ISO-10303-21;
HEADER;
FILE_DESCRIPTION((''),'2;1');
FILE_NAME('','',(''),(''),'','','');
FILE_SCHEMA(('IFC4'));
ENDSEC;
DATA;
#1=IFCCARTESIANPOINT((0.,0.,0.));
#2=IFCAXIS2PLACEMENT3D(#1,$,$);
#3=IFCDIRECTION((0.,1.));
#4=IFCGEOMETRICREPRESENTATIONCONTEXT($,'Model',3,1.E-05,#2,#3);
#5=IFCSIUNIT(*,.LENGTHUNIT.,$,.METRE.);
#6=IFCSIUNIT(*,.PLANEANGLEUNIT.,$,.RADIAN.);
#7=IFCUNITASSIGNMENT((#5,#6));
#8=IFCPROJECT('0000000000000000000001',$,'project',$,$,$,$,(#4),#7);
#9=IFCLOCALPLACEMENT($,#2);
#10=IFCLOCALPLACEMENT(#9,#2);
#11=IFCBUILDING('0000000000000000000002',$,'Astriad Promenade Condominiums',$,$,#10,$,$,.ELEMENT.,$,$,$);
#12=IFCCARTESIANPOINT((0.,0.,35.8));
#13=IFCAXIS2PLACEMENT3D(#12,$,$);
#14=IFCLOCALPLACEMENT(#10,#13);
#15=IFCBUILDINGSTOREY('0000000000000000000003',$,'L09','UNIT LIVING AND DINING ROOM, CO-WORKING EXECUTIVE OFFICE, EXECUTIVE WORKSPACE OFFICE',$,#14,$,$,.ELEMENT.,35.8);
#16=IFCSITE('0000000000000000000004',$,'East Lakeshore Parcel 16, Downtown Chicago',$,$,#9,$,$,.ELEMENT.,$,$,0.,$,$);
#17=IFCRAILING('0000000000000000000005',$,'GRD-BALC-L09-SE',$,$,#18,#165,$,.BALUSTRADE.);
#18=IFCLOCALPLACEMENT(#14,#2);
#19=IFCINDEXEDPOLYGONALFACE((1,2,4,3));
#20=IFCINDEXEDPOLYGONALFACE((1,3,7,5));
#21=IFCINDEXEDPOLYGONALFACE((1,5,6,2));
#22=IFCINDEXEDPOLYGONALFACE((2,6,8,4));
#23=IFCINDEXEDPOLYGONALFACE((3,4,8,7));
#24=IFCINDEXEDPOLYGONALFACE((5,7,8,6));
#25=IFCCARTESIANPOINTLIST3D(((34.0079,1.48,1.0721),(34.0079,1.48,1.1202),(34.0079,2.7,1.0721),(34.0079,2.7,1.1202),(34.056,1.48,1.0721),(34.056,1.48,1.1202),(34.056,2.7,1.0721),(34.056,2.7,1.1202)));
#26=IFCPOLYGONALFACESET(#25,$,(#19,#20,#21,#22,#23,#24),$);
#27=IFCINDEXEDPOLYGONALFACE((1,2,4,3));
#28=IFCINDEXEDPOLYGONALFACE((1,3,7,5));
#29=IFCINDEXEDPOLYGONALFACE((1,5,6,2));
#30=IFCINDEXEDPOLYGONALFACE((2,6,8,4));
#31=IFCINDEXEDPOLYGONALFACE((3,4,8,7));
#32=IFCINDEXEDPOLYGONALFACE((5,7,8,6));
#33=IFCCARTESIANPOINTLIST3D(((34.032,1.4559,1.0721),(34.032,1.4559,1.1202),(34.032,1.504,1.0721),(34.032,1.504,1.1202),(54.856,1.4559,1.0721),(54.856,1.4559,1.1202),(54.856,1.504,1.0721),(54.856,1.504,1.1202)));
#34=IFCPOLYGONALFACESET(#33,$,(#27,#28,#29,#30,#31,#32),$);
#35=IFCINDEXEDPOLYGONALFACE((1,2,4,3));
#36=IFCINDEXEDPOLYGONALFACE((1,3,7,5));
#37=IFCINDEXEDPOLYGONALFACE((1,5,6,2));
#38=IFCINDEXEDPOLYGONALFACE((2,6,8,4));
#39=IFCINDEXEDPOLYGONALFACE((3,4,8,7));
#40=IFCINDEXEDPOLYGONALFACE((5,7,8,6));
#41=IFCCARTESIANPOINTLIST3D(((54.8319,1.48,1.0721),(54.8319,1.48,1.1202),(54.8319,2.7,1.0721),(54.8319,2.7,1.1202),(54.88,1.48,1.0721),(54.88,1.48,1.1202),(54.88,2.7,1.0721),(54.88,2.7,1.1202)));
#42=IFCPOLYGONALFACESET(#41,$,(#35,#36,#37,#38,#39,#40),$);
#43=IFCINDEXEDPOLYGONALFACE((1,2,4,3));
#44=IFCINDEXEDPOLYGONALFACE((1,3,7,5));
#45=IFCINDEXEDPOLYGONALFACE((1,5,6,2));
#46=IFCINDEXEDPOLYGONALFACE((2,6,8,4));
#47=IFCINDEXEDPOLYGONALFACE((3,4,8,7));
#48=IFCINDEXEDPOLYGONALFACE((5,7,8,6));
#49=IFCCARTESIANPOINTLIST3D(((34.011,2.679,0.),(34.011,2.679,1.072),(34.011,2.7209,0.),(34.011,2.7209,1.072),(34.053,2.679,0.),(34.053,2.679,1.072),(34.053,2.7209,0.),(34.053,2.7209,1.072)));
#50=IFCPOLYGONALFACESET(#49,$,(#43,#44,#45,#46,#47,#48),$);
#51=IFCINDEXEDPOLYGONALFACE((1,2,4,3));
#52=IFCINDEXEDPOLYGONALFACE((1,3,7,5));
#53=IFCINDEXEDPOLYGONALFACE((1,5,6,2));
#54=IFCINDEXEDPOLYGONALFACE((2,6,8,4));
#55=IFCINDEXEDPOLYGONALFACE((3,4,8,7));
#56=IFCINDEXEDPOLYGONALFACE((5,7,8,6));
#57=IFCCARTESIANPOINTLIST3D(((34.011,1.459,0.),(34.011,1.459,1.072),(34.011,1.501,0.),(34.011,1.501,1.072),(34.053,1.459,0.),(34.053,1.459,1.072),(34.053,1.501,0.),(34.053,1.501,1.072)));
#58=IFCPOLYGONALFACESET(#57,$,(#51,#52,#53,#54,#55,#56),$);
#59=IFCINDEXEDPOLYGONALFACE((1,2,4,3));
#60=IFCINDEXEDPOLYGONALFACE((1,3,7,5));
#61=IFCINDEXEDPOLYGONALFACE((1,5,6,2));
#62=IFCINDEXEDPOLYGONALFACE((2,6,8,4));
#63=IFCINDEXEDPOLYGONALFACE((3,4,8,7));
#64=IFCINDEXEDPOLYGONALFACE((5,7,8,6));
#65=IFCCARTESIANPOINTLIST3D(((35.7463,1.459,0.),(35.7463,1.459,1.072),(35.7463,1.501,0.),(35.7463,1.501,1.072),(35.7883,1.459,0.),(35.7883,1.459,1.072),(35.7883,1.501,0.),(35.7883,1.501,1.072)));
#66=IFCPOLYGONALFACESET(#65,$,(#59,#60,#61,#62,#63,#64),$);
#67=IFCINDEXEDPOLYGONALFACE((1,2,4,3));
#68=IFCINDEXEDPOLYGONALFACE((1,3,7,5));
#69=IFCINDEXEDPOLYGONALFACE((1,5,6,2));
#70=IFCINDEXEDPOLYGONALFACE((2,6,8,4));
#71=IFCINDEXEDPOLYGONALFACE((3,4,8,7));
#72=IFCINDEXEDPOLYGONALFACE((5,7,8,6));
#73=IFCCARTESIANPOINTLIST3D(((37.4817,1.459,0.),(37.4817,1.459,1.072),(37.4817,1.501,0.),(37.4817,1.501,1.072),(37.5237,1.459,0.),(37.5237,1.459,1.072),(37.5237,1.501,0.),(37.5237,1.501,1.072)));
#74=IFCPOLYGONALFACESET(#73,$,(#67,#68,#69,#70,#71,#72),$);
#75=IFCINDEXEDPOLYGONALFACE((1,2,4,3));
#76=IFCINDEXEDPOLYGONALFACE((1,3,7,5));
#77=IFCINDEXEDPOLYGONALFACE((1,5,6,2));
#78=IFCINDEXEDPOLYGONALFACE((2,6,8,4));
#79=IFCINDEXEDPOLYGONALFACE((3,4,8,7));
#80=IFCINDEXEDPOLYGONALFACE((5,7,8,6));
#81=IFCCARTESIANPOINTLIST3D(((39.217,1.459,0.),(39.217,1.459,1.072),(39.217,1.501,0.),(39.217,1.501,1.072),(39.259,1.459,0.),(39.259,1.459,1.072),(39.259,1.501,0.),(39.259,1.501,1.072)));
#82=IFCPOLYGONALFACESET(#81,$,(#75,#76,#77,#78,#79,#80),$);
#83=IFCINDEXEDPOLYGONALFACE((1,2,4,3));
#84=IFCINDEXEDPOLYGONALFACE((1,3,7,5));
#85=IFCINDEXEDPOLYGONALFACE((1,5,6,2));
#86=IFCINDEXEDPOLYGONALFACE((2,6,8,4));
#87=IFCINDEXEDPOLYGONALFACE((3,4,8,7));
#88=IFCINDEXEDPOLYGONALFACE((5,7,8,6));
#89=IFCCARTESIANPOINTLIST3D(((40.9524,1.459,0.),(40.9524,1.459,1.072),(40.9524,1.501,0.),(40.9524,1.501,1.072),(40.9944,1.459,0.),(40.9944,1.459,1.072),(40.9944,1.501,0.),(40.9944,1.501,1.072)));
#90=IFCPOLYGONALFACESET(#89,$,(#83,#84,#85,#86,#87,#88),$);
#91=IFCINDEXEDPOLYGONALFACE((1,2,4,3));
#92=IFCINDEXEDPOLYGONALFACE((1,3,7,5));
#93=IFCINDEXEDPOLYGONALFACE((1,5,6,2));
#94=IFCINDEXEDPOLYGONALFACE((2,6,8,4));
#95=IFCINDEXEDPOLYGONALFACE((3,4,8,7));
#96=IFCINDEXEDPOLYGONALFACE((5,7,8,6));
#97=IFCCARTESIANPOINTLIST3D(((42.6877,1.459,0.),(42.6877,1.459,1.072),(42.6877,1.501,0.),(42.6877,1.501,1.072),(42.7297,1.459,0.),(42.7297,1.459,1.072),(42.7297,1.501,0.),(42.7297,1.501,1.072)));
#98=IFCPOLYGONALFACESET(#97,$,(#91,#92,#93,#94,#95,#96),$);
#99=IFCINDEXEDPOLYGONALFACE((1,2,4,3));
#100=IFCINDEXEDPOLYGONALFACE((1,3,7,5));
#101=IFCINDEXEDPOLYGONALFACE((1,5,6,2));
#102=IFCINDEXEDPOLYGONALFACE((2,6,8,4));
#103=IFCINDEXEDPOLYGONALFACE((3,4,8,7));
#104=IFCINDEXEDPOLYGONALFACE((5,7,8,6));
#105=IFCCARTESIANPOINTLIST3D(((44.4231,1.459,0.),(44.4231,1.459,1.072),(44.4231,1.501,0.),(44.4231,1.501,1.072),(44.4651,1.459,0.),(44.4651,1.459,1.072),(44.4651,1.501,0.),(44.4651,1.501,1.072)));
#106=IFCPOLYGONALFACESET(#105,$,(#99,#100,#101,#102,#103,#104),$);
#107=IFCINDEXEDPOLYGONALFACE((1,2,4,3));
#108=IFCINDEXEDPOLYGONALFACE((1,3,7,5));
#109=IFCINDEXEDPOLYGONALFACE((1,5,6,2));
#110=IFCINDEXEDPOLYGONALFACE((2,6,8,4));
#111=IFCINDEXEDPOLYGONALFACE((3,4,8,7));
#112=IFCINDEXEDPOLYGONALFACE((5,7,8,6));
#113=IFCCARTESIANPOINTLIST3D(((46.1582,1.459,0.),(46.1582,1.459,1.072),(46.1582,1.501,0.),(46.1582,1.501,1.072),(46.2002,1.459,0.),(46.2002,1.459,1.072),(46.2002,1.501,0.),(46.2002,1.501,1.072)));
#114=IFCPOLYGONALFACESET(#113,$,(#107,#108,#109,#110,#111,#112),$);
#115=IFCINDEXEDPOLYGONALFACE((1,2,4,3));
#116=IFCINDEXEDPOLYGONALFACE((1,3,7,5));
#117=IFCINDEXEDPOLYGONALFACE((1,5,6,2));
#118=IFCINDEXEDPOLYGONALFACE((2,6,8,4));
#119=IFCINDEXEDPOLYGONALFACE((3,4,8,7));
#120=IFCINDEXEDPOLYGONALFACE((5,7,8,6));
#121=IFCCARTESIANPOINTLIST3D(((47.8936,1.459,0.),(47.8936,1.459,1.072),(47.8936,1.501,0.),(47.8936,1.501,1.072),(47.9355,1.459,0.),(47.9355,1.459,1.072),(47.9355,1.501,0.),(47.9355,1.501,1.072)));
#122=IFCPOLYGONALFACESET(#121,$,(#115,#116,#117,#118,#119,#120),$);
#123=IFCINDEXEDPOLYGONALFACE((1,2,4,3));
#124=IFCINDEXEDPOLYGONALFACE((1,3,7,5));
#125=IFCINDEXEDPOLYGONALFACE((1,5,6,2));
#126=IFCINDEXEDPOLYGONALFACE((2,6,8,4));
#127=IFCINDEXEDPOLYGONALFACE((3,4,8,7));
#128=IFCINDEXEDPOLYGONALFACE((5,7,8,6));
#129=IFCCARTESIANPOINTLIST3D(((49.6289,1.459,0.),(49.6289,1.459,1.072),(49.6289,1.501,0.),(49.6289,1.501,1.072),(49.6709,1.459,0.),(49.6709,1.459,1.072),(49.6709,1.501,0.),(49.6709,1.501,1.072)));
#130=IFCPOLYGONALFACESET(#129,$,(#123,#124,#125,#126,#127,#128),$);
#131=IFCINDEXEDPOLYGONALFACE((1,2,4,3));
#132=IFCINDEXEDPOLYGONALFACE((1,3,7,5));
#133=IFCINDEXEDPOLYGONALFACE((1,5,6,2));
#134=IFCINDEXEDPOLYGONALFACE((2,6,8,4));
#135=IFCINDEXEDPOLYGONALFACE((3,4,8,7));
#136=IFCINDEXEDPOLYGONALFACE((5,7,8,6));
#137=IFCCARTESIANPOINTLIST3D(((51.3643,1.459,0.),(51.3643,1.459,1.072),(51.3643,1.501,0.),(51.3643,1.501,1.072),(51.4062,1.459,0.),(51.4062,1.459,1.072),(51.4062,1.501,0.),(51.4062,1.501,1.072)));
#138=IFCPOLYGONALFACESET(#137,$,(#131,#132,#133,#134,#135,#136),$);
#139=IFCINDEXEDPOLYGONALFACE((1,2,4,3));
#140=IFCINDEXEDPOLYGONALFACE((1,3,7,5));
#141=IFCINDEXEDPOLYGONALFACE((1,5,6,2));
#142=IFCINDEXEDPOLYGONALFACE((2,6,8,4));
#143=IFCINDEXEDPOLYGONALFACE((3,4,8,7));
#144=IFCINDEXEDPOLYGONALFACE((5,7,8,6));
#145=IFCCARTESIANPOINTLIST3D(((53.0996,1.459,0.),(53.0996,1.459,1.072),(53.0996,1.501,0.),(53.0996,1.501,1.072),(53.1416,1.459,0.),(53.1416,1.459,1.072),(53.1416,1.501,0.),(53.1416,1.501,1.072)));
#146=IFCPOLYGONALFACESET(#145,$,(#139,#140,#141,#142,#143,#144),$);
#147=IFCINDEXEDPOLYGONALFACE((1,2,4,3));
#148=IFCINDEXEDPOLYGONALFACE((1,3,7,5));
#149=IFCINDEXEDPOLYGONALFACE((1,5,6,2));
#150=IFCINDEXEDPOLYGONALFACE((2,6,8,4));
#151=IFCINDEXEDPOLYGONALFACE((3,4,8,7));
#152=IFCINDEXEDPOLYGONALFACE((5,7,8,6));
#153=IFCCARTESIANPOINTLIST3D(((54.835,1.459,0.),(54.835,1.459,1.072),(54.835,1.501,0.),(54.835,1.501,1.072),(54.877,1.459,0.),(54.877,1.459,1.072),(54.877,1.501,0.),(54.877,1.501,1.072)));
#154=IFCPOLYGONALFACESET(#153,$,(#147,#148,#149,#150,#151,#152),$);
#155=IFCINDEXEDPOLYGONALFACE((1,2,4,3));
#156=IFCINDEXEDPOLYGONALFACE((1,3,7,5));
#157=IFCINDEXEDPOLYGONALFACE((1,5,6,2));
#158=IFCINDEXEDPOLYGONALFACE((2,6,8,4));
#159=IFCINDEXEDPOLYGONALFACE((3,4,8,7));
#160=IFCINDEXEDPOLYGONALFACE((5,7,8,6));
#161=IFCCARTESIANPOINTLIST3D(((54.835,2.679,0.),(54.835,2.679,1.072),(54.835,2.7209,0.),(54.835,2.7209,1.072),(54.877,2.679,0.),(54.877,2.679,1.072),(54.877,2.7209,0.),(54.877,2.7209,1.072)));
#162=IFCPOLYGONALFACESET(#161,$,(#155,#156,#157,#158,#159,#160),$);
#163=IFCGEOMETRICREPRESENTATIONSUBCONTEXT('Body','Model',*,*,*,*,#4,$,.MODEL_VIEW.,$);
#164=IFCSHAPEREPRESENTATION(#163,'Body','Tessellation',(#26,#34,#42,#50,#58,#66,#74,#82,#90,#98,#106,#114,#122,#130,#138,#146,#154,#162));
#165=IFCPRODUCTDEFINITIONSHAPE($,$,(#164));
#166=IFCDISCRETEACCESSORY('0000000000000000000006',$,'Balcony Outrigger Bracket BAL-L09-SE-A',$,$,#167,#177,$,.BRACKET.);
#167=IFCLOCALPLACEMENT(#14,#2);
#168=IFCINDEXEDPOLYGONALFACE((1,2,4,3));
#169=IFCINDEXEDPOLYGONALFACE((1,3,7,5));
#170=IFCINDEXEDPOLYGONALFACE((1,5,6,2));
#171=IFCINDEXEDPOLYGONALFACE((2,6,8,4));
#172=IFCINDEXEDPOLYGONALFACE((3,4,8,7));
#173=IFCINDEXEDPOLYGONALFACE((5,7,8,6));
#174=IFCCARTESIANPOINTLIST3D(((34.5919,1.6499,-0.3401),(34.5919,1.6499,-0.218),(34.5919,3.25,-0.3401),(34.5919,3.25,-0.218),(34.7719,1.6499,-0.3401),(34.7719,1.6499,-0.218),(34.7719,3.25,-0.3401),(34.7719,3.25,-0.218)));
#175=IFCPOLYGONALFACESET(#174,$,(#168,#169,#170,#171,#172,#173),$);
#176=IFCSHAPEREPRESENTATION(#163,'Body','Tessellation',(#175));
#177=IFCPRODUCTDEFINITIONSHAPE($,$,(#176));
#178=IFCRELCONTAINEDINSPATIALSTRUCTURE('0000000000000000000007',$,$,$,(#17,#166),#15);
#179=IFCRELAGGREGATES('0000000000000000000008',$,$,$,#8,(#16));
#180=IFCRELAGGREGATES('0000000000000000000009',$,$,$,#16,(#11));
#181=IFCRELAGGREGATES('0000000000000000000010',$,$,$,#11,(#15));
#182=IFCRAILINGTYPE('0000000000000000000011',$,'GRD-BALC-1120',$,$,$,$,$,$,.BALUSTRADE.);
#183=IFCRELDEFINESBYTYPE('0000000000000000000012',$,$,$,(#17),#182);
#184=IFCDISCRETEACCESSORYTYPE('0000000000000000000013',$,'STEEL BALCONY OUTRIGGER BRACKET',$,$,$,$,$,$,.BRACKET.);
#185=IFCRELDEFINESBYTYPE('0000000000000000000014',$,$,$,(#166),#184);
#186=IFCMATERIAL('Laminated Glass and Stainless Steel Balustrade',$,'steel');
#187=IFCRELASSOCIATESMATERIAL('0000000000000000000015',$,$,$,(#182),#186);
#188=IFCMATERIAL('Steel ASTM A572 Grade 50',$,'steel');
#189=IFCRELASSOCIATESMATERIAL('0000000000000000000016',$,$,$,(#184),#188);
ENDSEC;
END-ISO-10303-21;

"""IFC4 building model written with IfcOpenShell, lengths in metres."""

from ifc_helpers import new_model, si_unit, direction, frame, origin, origin_2d, place, context, subcontext, project, spatial, rectangle, extrude, source, transform, mapped, material, type_object, type_shapes, element, save


model = new_model("IFC4")

# Units and contexts
model_context = context("Model", 3, precision=1e-05, world=origin(), true_north=direction((0.0, 1.0)))
body_context = subcontext(model_context, "Body", "Model", "MODEL_VIEW")
ifc_project = project(units=[si_unit("LENGTHUNIT", "METRE"), si_unit("PLANEANGLEUNIT", "RADIAN")], contexts=[model_context])

# Site, building, storey
site_placement = place(None, origin())
site = spatial("IfcSite", under=ifc_project, at=site_placement, Name="East Lakeshore Parcel 16, Downtown Chicago", CompositionType="ELEMENT", RefElevation=0.0)
building_placement = place(site_placement, origin())
building = spatial("IfcBuilding", under=site, at=building_placement, Name="Astriad Promenade Condominiums", CompositionType="ELEMENT")
storey_placement = place(building_placement, frame((0.0, 0.0, 35.8)))
storey = spatial("IfcBuildingStorey", under=building, at=storey_placement, Name="L09", Description="UNIT LIVING AND DINING ROOM, CO-WORKING EXECUTIVE OFFICE, EXECUTIVE WORKSPACE OFFICE", CompositionType="ELEMENT", Elevation=35.8)

# Railing
ifc_material_1 = material(Name="Laminated Glass and Stainless Steel Balustrade", Category="steel")
railing_type = type_object("IfcRailingType", Name="GRD-BALC-1120", PredefinedType="BALUSTRADE", material=ifc_material_1)
shared_shape_1 = source(origin(), body_context, "Body", "SweptSolid", [
    extrude(rectangle(XDim=0.0481, YDim=0.0481, at=origin_2d()), frame((0.0, 0.0, 1.0962), z_axis=(0.0, -1.0, 0.0), x_axis=(1.0, 0.0, 0.0)), (0.0, 0.0, 1.0), 1.22),
    extrude(rectangle(XDim=0.0481, YDim=0.0481, at=origin_2d()), frame((0.0, -1.22, 1.0962), z_axis=(1.0, 0.0, 0.0), x_axis=(0.0, 1.0, 0.0)), (0.0, 0.0, 1.0), 20.824),
    extrude(rectangle(XDim=0.0481, YDim=0.0481, at=origin_2d()), frame((20.824, -1.22, 1.0962), z_axis=(0.0, 1.0, 0.0), x_axis=(-1.0, 0.0, 0.0)), (0.0, 0.0, 1.0), 1.22),
    extrude(rectangle(XDim=0.042, YDim=0.042, at=origin_2d()), origin(), (0.0, 0.0, 1.0), 1.072),
    extrude(rectangle(XDim=0.042, YDim=0.042, at=origin_2d()), frame((0.0, -1.22, 0.0)), (0.0, 0.0, 1.0), 1.072),
    extrude(rectangle(XDim=0.042, YDim=0.042, at=origin_2d()), frame((1.7354, -1.22, 0.0)), (0.0, 0.0, 1.0), 1.072),
    extrude(rectangle(XDim=0.042, YDim=0.042, at=origin_2d()), frame((3.4707, -1.22, 0.0)), (0.0, 0.0, 1.0), 1.072),
    extrude(rectangle(XDim=0.042, YDim=0.042, at=origin_2d()), frame((5.2061, -1.22, 0.0)), (0.0, 0.0, 1.0), 1.072),
    extrude(rectangle(XDim=0.042, YDim=0.042, at=origin_2d()), frame((6.9414, -1.22, 0.0)), (0.0, 0.0, 1.0), 1.072),
    extrude(rectangle(XDim=0.042, YDim=0.042, at=origin_2d()), frame((8.6768, -1.22, 0.0)), (0.0, 0.0, 1.0), 1.072),
    extrude(rectangle(XDim=0.042, YDim=0.042, at=origin_2d()), frame((10.4121, -1.22, 0.0)), (0.0, 0.0, 1.0), 1.072),
    extrude(rectangle(XDim=0.042, YDim=0.042, at=origin_2d()), frame((12.1472, -1.22, 0.0)), (0.0, 0.0, 1.0), 1.072),
    extrude(rectangle(XDim=0.042, YDim=0.042, at=origin_2d()), frame((13.8826, -1.22, 0.0)), (0.0, 0.0, 1.0), 1.072),
    extrude(rectangle(XDim=0.042, YDim=0.042, at=origin_2d()), frame((15.6179, -1.22, 0.0)), (0.0, 0.0, 1.0), 1.072),
    extrude(rectangle(XDim=0.042, YDim=0.042, at=origin_2d()), frame((17.3533, -1.22, 0.0)), (0.0, 0.0, 1.0), 1.072),
    extrude(rectangle(XDim=0.042, YDim=0.042, at=origin_2d()), frame((19.0886, -1.22, 0.0)), (0.0, 0.0, 1.0), 1.072),
    extrude(rectangle(XDim=0.042, YDim=0.042, at=origin_2d()), frame((20.824, -1.22, 0.0)), (0.0, 0.0, 1.0), 1.072),
    extrude(rectangle(XDim=0.042, YDim=0.042, at=origin_2d()), frame((20.824, 0.0, 0.0)), (0.0, 0.0, 1.0), 1.072),
])
type_shapes(railing_type, [shared_shape_1])
railing_placement = place(storey_placement, frame((34.032, 2.7, 0.0)))
element("IfcRailing", 1, at=railing_placement, inside=storey, type_object=railing_type, Name="GRD-BALC-L09-SE", PredefinedType="BALUSTRADE", context=body_context, shape_type="MappedRepresentation", body=[
    mapped(shared_shape_1, transform((0.0, 0.0, 0.0), scale=1.0)),
])

# Discrete accessory
ifc_material_2 = material(Name="Steel ASTM A572 Grade 50", Category="steel")
discrete_accessory_type = type_object("IfcDiscreteAccessoryType", Name="STEEL BALCONY OUTRIGGER BRACKET", PredefinedType="BRACKET", material=ifc_material_2)
shared_shape_2 = source(origin(), body_context, "Body", "SweptSolid", [
    extrude(rectangle(XDim=1.6001, YDim=0.1799, at=origin_2d()), origin(), (0.0, 0.0, 1.0), 0.1221),
])
type_shapes(discrete_accessory_type, [shared_shape_2])
discrete_accessory_placement = place(storey_placement, frame((34.6819, 2.45, -0.3401), z_axis=(0.0, 0.0, 1.0), x_axis=(0.0, -1.0, 0.0)))
element("IfcDiscreteAccessory", 2, at=discrete_accessory_placement, inside=storey, type_object=discrete_accessory_type, Name="Balcony Outrigger Bracket BAL-L09-SE-A", PredefinedType="BRACKET", context=body_context, shape_type="MappedRepresentation", body=[
    mapped(shared_shape_2, transform((0.0, 0.0, 0.0), scale=1.0)),
])

save(model, "model.ifc")
